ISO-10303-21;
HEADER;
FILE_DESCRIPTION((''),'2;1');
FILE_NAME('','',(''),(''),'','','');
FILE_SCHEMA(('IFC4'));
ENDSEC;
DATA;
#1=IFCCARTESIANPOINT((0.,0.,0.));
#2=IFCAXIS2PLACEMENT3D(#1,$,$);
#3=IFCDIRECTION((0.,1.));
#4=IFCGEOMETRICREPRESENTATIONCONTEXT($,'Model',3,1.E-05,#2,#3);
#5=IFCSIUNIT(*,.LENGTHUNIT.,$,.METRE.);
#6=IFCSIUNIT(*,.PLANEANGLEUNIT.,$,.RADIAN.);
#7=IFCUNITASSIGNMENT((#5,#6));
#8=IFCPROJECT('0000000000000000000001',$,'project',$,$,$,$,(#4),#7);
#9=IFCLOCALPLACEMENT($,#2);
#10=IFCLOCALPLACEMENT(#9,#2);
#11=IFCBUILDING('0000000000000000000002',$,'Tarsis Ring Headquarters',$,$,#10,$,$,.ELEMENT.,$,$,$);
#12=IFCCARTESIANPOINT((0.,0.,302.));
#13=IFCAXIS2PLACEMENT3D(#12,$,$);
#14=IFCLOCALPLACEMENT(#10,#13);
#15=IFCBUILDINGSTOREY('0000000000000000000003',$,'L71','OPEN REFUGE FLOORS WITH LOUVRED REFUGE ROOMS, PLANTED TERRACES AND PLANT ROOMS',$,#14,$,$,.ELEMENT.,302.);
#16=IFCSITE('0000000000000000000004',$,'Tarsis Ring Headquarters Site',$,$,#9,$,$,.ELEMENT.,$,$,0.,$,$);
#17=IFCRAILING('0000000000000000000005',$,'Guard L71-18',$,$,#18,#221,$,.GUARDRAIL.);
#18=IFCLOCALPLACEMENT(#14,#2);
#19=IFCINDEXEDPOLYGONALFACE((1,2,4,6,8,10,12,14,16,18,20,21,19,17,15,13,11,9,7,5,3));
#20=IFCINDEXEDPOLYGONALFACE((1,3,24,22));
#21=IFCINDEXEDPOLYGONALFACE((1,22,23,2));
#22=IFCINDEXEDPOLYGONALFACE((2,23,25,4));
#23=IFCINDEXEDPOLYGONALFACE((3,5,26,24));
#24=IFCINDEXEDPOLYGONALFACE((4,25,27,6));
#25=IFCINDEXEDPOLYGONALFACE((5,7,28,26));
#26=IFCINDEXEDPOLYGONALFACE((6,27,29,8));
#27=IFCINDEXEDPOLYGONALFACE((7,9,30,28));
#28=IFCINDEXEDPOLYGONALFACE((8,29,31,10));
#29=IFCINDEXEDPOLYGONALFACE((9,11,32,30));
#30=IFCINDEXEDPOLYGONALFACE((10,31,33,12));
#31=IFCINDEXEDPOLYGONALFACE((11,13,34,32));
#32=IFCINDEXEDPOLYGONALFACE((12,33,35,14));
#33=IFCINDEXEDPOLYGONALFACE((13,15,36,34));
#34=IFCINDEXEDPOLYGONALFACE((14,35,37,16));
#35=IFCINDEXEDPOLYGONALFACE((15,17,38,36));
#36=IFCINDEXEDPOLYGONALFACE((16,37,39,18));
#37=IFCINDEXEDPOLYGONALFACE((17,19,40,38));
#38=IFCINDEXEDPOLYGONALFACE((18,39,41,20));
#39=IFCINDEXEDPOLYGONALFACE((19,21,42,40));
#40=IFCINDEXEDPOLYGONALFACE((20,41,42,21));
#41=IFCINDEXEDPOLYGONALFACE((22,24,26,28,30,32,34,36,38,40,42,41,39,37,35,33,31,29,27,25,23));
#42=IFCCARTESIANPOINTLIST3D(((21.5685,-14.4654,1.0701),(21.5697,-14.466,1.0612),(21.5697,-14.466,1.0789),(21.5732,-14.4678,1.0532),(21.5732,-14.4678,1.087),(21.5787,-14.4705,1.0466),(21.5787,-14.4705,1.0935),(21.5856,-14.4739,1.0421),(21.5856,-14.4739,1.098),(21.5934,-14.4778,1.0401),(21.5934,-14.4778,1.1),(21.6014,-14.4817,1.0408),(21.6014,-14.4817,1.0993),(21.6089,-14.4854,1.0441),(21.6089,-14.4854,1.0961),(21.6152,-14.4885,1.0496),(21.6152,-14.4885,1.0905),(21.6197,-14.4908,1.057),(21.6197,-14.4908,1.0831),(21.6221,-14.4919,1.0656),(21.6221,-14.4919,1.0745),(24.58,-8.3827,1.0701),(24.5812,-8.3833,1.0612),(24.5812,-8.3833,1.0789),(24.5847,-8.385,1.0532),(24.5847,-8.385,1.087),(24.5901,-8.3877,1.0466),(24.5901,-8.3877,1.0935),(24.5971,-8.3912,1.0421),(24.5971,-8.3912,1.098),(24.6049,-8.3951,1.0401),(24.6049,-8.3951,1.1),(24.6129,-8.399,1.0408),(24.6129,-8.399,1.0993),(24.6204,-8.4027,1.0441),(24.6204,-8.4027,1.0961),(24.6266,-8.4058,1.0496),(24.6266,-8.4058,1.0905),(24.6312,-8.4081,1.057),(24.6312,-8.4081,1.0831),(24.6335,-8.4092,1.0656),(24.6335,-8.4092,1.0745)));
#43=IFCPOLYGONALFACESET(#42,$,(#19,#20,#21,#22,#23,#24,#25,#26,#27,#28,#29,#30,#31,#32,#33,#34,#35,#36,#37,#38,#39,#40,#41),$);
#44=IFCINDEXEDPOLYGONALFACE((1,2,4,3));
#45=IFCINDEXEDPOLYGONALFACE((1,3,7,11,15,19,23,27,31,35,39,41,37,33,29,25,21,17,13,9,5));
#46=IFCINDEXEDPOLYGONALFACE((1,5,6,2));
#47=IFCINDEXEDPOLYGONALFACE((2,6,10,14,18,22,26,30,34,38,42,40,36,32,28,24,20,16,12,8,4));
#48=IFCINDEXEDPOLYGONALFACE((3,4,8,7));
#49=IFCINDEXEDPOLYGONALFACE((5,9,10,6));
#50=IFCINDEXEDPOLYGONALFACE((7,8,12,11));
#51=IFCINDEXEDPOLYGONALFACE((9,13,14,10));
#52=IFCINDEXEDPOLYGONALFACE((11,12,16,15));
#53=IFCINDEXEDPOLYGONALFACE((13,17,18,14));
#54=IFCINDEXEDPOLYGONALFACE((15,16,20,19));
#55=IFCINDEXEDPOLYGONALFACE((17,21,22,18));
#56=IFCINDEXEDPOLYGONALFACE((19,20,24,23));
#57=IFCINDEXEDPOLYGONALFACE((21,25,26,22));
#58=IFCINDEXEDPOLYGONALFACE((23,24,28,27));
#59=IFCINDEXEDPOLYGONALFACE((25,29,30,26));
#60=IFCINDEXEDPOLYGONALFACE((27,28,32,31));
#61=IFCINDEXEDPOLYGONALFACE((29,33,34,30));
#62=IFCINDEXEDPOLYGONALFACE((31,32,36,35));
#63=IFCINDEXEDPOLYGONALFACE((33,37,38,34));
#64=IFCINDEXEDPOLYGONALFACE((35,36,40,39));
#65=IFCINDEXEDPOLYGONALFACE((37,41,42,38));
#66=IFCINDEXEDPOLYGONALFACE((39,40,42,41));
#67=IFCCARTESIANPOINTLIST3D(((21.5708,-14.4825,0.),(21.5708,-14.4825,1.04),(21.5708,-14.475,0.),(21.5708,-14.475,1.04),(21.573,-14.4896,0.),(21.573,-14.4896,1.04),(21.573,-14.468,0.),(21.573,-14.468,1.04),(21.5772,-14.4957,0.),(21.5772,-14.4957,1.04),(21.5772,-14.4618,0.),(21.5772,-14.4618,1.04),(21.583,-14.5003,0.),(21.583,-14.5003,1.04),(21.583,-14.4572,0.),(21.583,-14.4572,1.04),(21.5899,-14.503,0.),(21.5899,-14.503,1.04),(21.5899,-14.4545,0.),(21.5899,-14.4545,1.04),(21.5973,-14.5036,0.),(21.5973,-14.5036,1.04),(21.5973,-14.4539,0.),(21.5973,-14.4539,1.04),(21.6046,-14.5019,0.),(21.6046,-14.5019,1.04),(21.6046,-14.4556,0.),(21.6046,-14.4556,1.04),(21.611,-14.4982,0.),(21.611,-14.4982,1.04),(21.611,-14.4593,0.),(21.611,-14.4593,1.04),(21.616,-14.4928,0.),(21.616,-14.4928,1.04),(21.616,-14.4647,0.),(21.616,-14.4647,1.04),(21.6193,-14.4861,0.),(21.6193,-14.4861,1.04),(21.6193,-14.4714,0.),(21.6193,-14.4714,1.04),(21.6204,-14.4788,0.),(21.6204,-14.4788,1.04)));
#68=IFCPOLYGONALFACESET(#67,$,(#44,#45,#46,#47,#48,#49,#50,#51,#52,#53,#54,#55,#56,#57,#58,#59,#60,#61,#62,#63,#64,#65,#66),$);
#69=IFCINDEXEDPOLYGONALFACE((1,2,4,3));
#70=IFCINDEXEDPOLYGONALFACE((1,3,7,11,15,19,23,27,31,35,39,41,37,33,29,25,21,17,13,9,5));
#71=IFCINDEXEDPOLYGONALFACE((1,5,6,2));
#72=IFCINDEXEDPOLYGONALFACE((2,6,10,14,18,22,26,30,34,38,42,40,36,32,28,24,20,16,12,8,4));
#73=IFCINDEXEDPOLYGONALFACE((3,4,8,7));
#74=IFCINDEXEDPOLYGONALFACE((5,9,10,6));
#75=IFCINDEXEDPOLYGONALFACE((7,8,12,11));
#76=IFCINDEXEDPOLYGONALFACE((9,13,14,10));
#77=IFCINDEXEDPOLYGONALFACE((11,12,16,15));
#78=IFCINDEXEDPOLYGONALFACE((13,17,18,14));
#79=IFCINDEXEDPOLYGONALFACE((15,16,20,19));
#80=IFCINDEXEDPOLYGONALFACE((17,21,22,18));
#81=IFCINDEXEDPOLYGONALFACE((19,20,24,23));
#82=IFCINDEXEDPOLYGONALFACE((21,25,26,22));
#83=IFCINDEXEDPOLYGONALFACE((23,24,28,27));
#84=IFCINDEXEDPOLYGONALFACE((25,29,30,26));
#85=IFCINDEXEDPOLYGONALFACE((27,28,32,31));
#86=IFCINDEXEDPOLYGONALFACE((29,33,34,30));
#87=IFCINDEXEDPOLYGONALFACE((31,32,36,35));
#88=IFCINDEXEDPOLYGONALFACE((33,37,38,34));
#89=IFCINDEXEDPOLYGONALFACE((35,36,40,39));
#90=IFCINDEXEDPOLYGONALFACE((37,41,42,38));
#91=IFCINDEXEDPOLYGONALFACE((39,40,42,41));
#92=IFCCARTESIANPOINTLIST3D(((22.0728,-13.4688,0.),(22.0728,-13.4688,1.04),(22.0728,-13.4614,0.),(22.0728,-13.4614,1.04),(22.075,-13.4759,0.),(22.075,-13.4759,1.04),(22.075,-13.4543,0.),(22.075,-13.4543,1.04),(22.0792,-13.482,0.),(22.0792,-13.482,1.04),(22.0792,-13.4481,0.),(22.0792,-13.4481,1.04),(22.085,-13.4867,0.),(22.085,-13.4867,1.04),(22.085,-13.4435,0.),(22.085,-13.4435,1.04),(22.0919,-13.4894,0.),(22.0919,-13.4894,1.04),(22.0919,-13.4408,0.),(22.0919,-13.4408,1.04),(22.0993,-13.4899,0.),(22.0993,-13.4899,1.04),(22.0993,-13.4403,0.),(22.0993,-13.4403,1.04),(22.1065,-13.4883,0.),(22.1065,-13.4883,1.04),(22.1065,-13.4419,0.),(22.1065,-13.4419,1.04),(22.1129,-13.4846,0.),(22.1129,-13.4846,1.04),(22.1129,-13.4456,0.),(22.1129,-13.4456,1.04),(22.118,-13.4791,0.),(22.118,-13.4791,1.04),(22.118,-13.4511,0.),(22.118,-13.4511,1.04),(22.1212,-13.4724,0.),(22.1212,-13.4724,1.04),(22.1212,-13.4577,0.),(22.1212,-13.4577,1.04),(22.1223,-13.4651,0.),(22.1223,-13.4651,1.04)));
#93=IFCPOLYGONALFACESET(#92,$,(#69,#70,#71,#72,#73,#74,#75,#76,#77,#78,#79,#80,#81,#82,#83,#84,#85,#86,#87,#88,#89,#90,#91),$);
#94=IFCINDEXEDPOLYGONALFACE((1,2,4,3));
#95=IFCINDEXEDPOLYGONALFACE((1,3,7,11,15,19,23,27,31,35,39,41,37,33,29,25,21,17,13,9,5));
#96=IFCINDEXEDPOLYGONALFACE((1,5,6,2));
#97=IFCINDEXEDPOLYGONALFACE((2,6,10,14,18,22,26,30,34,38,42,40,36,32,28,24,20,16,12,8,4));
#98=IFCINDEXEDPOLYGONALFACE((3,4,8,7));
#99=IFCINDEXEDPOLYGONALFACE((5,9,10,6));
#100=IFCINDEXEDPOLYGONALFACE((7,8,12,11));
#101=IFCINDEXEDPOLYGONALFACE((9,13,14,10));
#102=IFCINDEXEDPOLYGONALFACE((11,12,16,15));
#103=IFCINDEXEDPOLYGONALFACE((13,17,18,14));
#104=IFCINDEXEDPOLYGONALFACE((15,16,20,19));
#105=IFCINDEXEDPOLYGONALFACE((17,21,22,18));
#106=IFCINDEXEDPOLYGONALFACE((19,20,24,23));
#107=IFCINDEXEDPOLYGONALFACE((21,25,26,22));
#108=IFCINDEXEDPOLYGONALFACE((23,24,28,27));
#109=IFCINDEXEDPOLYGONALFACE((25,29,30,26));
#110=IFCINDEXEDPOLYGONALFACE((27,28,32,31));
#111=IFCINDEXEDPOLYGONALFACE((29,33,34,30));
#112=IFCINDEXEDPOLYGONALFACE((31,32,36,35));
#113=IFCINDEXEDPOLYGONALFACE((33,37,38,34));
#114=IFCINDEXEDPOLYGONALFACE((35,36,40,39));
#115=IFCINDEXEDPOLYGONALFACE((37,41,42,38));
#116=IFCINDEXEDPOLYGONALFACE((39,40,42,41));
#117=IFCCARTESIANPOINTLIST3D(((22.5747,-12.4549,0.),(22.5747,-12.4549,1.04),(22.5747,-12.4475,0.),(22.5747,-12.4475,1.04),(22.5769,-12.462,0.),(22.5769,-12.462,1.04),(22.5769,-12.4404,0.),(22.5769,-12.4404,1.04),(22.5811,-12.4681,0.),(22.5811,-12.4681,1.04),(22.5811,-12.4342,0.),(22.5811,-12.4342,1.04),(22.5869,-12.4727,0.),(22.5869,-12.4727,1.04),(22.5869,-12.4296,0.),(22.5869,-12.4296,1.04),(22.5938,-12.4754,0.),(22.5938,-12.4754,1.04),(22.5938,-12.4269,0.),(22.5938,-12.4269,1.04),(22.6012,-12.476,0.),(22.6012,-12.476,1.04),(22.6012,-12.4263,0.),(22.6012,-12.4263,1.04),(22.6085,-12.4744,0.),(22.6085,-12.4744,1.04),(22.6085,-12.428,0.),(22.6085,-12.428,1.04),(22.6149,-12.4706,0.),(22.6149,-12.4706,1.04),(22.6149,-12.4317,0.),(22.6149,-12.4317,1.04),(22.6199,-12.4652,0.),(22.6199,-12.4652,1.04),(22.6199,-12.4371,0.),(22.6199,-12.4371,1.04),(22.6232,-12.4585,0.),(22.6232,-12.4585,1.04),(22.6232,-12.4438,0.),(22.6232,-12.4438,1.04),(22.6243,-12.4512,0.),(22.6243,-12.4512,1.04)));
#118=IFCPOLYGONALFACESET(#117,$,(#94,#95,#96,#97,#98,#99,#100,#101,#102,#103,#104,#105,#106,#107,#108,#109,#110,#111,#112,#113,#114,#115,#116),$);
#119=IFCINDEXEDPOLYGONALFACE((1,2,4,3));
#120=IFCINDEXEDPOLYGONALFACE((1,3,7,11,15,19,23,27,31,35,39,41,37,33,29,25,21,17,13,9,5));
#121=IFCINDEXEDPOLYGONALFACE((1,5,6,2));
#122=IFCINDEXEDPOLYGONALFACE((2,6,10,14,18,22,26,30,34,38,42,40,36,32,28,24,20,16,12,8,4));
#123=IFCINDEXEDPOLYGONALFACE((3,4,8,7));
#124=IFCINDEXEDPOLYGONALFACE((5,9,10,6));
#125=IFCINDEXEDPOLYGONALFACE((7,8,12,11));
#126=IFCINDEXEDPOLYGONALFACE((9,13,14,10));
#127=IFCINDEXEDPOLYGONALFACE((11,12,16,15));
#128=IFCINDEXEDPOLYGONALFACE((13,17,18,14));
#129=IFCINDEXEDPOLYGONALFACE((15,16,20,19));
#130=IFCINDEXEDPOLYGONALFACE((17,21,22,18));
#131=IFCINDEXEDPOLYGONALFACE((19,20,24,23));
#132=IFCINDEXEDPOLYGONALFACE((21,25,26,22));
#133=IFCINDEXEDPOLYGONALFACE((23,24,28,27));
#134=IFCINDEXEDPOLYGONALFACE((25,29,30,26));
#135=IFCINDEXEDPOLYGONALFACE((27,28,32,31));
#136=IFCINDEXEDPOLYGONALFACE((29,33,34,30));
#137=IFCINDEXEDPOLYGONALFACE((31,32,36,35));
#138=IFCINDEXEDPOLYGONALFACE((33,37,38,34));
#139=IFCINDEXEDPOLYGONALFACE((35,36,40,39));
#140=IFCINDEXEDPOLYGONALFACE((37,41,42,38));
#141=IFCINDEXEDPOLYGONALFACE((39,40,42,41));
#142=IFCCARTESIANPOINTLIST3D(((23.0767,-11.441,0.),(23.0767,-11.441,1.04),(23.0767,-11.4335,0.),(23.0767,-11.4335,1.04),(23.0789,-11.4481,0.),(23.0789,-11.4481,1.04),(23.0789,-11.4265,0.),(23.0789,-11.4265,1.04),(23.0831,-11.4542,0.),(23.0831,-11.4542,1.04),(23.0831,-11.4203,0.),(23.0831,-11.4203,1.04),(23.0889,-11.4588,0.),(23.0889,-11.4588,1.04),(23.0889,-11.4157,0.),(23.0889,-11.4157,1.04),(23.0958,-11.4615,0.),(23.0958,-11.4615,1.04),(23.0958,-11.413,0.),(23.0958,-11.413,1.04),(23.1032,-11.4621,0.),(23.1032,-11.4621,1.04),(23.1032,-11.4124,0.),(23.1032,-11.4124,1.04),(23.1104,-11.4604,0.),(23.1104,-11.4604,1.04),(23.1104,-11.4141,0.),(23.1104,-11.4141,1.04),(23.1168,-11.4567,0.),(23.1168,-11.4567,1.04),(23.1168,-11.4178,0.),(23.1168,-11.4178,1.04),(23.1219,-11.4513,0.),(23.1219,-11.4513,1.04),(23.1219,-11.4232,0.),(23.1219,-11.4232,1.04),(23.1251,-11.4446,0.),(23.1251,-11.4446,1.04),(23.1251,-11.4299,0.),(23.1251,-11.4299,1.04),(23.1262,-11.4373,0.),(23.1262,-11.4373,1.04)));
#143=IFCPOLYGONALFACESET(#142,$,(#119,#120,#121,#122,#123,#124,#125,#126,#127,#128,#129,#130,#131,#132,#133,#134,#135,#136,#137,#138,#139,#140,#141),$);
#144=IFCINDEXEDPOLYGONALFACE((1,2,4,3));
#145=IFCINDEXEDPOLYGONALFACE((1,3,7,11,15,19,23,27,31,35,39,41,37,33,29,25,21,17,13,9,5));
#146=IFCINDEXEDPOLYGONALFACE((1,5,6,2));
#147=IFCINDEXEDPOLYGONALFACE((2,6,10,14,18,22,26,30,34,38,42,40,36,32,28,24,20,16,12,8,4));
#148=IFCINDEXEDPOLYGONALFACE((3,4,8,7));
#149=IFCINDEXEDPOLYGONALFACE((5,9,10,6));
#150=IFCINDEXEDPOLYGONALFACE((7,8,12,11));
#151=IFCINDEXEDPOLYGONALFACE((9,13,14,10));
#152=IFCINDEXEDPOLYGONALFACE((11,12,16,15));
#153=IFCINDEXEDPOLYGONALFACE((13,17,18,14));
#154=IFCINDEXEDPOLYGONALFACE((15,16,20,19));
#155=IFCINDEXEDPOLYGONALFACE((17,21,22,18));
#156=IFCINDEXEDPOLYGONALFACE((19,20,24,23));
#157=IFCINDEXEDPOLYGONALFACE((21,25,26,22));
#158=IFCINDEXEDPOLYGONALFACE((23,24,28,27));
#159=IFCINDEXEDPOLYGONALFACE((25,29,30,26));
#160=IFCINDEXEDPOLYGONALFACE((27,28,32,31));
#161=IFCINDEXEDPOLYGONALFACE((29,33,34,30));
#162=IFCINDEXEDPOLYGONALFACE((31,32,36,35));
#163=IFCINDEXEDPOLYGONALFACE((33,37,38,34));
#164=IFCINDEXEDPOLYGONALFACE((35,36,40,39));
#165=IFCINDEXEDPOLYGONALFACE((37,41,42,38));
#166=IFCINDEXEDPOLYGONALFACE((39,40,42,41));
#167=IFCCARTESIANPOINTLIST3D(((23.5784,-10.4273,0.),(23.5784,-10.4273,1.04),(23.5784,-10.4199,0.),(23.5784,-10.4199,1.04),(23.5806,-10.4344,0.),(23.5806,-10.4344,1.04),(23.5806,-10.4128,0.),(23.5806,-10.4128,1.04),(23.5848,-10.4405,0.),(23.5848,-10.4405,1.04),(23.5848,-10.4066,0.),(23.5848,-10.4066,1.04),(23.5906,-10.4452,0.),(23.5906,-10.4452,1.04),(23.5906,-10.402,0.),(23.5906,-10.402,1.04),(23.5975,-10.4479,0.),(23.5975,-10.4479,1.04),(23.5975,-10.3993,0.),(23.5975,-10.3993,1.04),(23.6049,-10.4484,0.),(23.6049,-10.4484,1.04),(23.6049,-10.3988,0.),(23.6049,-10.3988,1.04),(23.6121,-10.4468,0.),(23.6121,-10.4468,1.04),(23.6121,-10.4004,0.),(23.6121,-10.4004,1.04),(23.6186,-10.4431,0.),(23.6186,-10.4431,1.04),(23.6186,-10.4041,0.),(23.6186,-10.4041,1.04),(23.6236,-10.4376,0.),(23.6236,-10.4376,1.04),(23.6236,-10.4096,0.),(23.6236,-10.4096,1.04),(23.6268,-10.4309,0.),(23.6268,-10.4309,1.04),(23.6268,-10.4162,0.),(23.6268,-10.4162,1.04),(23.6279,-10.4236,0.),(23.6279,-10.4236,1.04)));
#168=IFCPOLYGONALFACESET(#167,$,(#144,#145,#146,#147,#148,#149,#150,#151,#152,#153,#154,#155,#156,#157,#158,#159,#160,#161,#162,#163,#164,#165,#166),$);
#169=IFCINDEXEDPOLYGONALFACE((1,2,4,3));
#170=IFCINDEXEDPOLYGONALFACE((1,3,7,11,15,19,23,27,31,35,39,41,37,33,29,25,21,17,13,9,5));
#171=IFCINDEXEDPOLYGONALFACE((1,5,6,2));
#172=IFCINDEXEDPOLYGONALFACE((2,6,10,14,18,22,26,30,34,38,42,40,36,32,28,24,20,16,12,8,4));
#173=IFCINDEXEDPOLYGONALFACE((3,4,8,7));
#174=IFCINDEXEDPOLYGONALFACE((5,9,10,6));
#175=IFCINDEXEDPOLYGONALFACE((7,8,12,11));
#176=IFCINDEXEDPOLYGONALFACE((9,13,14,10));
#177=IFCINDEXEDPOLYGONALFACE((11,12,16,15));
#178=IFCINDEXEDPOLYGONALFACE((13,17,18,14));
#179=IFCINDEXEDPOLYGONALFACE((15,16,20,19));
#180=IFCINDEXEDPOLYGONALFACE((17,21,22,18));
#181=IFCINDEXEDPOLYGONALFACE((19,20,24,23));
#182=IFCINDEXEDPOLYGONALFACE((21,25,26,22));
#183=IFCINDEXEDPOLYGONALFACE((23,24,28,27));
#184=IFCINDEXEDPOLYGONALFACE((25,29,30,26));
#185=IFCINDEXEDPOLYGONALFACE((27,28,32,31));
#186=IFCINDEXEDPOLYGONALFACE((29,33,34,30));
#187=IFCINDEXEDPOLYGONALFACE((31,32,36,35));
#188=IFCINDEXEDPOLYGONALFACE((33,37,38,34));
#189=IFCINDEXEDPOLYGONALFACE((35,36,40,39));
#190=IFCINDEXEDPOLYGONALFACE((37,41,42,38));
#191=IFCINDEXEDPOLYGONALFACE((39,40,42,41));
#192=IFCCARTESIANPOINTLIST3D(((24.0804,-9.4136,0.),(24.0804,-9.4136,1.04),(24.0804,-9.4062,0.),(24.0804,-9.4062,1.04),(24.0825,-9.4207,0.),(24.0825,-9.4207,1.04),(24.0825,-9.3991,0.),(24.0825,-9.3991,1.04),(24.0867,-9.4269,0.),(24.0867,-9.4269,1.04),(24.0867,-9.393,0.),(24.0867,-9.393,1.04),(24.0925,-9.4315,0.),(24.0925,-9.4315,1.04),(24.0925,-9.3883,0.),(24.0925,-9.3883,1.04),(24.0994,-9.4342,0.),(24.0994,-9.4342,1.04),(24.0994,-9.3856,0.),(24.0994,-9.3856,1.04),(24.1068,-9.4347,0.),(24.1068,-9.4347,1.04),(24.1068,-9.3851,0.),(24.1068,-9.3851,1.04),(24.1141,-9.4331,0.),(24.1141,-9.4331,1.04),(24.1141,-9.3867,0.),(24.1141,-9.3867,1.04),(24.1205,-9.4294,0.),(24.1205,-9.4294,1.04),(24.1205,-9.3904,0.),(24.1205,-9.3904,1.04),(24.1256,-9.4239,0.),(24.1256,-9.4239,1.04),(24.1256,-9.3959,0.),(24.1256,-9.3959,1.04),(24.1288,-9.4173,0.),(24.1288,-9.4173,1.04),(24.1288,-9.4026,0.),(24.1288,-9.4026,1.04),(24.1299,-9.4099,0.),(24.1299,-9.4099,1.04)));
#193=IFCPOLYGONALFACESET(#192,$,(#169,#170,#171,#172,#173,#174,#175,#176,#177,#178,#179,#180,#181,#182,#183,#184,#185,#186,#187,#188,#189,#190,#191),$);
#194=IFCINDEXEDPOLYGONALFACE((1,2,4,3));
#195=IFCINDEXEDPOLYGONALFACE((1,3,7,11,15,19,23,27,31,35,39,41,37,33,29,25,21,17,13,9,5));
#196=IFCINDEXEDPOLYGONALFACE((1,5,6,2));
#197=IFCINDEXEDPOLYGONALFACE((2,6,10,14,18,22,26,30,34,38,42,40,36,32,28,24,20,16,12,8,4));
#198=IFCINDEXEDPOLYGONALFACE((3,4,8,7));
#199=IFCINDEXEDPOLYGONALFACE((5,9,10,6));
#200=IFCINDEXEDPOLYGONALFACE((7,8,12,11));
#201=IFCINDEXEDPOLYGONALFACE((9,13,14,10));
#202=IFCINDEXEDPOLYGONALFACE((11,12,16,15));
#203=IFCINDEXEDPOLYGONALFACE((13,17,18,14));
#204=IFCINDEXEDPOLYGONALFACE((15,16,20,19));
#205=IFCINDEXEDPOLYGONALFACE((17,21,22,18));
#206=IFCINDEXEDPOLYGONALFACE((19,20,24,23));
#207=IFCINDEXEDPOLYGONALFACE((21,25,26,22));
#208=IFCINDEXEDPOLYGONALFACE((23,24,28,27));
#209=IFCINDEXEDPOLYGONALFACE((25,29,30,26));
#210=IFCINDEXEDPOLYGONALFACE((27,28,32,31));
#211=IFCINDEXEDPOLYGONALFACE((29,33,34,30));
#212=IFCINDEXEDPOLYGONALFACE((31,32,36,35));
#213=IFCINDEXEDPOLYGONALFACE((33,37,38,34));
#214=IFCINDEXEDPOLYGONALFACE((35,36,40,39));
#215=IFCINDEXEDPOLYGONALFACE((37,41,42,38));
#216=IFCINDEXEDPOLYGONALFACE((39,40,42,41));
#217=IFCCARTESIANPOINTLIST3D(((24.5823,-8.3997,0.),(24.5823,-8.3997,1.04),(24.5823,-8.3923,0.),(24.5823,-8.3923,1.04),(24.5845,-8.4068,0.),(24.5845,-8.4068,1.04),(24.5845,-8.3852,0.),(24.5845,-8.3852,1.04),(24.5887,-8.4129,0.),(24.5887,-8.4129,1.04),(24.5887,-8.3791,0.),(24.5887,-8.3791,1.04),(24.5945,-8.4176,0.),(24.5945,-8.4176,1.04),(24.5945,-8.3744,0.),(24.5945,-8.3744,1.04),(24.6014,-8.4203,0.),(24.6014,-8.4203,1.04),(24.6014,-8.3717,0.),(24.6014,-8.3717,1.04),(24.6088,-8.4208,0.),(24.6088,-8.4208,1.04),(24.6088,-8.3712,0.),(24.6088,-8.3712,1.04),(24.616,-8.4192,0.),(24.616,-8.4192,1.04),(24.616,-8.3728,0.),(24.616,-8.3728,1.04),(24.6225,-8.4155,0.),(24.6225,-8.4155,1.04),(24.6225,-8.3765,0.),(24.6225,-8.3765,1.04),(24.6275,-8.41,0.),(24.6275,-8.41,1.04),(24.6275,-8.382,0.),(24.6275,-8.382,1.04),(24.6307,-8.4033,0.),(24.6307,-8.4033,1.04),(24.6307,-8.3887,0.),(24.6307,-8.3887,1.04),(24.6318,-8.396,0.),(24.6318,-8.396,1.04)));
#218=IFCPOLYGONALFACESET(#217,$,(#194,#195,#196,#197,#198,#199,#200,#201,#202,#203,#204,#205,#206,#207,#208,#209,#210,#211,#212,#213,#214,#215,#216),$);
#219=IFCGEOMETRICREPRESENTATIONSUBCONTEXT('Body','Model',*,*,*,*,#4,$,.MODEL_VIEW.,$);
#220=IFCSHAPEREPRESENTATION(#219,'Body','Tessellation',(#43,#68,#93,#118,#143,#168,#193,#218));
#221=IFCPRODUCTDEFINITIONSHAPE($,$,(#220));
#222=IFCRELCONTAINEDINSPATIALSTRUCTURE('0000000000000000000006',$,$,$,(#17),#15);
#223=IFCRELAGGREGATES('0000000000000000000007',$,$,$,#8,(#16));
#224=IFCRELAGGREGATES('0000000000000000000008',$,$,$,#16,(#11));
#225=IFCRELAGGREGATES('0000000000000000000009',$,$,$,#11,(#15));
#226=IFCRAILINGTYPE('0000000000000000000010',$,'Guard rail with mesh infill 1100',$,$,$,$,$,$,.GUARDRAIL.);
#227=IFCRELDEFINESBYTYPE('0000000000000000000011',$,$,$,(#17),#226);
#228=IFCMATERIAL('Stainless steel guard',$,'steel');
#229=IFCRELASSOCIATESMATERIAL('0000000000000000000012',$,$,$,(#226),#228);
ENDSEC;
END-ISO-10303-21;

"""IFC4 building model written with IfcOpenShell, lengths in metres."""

from ifc_helpers import new_model, si_unit, direction, frame, origin, origin_2d, place, context, subcontext, project, spatial, circle, extrude, material, type_object, element, save


model = new_model("IFC4")

# Units and contexts
model_context = context("Model", 3, precision=1e-05, world=origin(), true_north=direction((0.0, 1.0)))
body_context = subcontext(model_context, "Body", "Model", "MODEL_VIEW")
ifc_project = project(units=[si_unit("LENGTHUNIT", "METRE"), si_unit("PLANEANGLEUNIT", "RADIAN")], contexts=[model_context])

# Site, building, storey
site_placement = place(None, origin())
site = spatial("IfcSite", under=ifc_project, at=site_placement, Name="Tarsis Ring Headquarters Site", CompositionType="ELEMENT", RefElevation=0.0)
building_placement = place(site_placement, origin())
building = spatial("IfcBuilding", under=site, at=building_placement, Name="Tarsis Ring Headquarters", CompositionType="ELEMENT")
storey_placement = place(building_placement, frame((0.0, 0.0, 302.0)))
storey = spatial("IfcBuildingStorey", under=building, at=storey_placement, Name="L71", Description="OPEN REFUGE FLOORS WITH LOUVRED REFUGE ROOMS, PLANTED TERRACES AND PLANT ROOMS", CompositionType="ELEMENT", Elevation=302.0)

# Railing
ifc_material_1 = material(Name="Stainless steel guard", Category="steel")
railing_type = type_object("IfcRailingType", Name="Guard rail with mesh infill 1100", PredefinedType="GUARDRAIL", material=ifc_material_1)
railing_1_placement = place(storey_placement, frame((21.5955, -14.4788, 0.0)))
element("IfcRailing", 1, at=railing_1_placement, inside=storey, type_object=railing_type, Name="Guard L71-18", PredefinedType="GUARDRAIL", context=body_context, shape_type="SweptSolid", body=[
    extrude(circle(Radius=0.03, at=origin_2d()), frame((0.0, 0.0, 1.0701), z_axis=(0.443685, 0.896183, 0.0), x_axis=(-0.896183, 0.443685, 0.0)), (0.0, 0.0, 1.0), 6.7874),
    extrude(circle(Radius=0.0249, at=origin_2d()), origin(), (0.0, 0.0, 1.0), 1.04),
    extrude(circle(Radius=0.0249, at=origin_2d()), frame((0.502, 1.0137, 0.0)), (0.0, 0.0, 1.0), 1.04),
    extrude(circle(Radius=0.0249, at=origin_2d()), frame((1.0039, 2.0276, 0.0)), (0.0, 0.0, 1.0), 1.04),
    extrude(circle(Radius=0.0249, at=origin_2d()), frame((1.5059, 3.0415, 0.0)), (0.0, 0.0, 1.0), 1.04),
    extrude(circle(Radius=0.0249, at=origin_2d()), frame((2.0076, 4.0552, 0.0)), (0.0, 0.0, 1.0), 1.04),
    extrude(circle(Radius=0.0249, at=origin_2d()), frame((2.5095, 5.0688, 0.0)), (0.0, 0.0, 1.0), 1.04),
    extrude(circle(Radius=0.0249, at=origin_2d()), frame((3.0115, 6.0828, 0.0)), (0.0, 0.0, 1.0), 1.04),
])

save(model, "model.ifc")
